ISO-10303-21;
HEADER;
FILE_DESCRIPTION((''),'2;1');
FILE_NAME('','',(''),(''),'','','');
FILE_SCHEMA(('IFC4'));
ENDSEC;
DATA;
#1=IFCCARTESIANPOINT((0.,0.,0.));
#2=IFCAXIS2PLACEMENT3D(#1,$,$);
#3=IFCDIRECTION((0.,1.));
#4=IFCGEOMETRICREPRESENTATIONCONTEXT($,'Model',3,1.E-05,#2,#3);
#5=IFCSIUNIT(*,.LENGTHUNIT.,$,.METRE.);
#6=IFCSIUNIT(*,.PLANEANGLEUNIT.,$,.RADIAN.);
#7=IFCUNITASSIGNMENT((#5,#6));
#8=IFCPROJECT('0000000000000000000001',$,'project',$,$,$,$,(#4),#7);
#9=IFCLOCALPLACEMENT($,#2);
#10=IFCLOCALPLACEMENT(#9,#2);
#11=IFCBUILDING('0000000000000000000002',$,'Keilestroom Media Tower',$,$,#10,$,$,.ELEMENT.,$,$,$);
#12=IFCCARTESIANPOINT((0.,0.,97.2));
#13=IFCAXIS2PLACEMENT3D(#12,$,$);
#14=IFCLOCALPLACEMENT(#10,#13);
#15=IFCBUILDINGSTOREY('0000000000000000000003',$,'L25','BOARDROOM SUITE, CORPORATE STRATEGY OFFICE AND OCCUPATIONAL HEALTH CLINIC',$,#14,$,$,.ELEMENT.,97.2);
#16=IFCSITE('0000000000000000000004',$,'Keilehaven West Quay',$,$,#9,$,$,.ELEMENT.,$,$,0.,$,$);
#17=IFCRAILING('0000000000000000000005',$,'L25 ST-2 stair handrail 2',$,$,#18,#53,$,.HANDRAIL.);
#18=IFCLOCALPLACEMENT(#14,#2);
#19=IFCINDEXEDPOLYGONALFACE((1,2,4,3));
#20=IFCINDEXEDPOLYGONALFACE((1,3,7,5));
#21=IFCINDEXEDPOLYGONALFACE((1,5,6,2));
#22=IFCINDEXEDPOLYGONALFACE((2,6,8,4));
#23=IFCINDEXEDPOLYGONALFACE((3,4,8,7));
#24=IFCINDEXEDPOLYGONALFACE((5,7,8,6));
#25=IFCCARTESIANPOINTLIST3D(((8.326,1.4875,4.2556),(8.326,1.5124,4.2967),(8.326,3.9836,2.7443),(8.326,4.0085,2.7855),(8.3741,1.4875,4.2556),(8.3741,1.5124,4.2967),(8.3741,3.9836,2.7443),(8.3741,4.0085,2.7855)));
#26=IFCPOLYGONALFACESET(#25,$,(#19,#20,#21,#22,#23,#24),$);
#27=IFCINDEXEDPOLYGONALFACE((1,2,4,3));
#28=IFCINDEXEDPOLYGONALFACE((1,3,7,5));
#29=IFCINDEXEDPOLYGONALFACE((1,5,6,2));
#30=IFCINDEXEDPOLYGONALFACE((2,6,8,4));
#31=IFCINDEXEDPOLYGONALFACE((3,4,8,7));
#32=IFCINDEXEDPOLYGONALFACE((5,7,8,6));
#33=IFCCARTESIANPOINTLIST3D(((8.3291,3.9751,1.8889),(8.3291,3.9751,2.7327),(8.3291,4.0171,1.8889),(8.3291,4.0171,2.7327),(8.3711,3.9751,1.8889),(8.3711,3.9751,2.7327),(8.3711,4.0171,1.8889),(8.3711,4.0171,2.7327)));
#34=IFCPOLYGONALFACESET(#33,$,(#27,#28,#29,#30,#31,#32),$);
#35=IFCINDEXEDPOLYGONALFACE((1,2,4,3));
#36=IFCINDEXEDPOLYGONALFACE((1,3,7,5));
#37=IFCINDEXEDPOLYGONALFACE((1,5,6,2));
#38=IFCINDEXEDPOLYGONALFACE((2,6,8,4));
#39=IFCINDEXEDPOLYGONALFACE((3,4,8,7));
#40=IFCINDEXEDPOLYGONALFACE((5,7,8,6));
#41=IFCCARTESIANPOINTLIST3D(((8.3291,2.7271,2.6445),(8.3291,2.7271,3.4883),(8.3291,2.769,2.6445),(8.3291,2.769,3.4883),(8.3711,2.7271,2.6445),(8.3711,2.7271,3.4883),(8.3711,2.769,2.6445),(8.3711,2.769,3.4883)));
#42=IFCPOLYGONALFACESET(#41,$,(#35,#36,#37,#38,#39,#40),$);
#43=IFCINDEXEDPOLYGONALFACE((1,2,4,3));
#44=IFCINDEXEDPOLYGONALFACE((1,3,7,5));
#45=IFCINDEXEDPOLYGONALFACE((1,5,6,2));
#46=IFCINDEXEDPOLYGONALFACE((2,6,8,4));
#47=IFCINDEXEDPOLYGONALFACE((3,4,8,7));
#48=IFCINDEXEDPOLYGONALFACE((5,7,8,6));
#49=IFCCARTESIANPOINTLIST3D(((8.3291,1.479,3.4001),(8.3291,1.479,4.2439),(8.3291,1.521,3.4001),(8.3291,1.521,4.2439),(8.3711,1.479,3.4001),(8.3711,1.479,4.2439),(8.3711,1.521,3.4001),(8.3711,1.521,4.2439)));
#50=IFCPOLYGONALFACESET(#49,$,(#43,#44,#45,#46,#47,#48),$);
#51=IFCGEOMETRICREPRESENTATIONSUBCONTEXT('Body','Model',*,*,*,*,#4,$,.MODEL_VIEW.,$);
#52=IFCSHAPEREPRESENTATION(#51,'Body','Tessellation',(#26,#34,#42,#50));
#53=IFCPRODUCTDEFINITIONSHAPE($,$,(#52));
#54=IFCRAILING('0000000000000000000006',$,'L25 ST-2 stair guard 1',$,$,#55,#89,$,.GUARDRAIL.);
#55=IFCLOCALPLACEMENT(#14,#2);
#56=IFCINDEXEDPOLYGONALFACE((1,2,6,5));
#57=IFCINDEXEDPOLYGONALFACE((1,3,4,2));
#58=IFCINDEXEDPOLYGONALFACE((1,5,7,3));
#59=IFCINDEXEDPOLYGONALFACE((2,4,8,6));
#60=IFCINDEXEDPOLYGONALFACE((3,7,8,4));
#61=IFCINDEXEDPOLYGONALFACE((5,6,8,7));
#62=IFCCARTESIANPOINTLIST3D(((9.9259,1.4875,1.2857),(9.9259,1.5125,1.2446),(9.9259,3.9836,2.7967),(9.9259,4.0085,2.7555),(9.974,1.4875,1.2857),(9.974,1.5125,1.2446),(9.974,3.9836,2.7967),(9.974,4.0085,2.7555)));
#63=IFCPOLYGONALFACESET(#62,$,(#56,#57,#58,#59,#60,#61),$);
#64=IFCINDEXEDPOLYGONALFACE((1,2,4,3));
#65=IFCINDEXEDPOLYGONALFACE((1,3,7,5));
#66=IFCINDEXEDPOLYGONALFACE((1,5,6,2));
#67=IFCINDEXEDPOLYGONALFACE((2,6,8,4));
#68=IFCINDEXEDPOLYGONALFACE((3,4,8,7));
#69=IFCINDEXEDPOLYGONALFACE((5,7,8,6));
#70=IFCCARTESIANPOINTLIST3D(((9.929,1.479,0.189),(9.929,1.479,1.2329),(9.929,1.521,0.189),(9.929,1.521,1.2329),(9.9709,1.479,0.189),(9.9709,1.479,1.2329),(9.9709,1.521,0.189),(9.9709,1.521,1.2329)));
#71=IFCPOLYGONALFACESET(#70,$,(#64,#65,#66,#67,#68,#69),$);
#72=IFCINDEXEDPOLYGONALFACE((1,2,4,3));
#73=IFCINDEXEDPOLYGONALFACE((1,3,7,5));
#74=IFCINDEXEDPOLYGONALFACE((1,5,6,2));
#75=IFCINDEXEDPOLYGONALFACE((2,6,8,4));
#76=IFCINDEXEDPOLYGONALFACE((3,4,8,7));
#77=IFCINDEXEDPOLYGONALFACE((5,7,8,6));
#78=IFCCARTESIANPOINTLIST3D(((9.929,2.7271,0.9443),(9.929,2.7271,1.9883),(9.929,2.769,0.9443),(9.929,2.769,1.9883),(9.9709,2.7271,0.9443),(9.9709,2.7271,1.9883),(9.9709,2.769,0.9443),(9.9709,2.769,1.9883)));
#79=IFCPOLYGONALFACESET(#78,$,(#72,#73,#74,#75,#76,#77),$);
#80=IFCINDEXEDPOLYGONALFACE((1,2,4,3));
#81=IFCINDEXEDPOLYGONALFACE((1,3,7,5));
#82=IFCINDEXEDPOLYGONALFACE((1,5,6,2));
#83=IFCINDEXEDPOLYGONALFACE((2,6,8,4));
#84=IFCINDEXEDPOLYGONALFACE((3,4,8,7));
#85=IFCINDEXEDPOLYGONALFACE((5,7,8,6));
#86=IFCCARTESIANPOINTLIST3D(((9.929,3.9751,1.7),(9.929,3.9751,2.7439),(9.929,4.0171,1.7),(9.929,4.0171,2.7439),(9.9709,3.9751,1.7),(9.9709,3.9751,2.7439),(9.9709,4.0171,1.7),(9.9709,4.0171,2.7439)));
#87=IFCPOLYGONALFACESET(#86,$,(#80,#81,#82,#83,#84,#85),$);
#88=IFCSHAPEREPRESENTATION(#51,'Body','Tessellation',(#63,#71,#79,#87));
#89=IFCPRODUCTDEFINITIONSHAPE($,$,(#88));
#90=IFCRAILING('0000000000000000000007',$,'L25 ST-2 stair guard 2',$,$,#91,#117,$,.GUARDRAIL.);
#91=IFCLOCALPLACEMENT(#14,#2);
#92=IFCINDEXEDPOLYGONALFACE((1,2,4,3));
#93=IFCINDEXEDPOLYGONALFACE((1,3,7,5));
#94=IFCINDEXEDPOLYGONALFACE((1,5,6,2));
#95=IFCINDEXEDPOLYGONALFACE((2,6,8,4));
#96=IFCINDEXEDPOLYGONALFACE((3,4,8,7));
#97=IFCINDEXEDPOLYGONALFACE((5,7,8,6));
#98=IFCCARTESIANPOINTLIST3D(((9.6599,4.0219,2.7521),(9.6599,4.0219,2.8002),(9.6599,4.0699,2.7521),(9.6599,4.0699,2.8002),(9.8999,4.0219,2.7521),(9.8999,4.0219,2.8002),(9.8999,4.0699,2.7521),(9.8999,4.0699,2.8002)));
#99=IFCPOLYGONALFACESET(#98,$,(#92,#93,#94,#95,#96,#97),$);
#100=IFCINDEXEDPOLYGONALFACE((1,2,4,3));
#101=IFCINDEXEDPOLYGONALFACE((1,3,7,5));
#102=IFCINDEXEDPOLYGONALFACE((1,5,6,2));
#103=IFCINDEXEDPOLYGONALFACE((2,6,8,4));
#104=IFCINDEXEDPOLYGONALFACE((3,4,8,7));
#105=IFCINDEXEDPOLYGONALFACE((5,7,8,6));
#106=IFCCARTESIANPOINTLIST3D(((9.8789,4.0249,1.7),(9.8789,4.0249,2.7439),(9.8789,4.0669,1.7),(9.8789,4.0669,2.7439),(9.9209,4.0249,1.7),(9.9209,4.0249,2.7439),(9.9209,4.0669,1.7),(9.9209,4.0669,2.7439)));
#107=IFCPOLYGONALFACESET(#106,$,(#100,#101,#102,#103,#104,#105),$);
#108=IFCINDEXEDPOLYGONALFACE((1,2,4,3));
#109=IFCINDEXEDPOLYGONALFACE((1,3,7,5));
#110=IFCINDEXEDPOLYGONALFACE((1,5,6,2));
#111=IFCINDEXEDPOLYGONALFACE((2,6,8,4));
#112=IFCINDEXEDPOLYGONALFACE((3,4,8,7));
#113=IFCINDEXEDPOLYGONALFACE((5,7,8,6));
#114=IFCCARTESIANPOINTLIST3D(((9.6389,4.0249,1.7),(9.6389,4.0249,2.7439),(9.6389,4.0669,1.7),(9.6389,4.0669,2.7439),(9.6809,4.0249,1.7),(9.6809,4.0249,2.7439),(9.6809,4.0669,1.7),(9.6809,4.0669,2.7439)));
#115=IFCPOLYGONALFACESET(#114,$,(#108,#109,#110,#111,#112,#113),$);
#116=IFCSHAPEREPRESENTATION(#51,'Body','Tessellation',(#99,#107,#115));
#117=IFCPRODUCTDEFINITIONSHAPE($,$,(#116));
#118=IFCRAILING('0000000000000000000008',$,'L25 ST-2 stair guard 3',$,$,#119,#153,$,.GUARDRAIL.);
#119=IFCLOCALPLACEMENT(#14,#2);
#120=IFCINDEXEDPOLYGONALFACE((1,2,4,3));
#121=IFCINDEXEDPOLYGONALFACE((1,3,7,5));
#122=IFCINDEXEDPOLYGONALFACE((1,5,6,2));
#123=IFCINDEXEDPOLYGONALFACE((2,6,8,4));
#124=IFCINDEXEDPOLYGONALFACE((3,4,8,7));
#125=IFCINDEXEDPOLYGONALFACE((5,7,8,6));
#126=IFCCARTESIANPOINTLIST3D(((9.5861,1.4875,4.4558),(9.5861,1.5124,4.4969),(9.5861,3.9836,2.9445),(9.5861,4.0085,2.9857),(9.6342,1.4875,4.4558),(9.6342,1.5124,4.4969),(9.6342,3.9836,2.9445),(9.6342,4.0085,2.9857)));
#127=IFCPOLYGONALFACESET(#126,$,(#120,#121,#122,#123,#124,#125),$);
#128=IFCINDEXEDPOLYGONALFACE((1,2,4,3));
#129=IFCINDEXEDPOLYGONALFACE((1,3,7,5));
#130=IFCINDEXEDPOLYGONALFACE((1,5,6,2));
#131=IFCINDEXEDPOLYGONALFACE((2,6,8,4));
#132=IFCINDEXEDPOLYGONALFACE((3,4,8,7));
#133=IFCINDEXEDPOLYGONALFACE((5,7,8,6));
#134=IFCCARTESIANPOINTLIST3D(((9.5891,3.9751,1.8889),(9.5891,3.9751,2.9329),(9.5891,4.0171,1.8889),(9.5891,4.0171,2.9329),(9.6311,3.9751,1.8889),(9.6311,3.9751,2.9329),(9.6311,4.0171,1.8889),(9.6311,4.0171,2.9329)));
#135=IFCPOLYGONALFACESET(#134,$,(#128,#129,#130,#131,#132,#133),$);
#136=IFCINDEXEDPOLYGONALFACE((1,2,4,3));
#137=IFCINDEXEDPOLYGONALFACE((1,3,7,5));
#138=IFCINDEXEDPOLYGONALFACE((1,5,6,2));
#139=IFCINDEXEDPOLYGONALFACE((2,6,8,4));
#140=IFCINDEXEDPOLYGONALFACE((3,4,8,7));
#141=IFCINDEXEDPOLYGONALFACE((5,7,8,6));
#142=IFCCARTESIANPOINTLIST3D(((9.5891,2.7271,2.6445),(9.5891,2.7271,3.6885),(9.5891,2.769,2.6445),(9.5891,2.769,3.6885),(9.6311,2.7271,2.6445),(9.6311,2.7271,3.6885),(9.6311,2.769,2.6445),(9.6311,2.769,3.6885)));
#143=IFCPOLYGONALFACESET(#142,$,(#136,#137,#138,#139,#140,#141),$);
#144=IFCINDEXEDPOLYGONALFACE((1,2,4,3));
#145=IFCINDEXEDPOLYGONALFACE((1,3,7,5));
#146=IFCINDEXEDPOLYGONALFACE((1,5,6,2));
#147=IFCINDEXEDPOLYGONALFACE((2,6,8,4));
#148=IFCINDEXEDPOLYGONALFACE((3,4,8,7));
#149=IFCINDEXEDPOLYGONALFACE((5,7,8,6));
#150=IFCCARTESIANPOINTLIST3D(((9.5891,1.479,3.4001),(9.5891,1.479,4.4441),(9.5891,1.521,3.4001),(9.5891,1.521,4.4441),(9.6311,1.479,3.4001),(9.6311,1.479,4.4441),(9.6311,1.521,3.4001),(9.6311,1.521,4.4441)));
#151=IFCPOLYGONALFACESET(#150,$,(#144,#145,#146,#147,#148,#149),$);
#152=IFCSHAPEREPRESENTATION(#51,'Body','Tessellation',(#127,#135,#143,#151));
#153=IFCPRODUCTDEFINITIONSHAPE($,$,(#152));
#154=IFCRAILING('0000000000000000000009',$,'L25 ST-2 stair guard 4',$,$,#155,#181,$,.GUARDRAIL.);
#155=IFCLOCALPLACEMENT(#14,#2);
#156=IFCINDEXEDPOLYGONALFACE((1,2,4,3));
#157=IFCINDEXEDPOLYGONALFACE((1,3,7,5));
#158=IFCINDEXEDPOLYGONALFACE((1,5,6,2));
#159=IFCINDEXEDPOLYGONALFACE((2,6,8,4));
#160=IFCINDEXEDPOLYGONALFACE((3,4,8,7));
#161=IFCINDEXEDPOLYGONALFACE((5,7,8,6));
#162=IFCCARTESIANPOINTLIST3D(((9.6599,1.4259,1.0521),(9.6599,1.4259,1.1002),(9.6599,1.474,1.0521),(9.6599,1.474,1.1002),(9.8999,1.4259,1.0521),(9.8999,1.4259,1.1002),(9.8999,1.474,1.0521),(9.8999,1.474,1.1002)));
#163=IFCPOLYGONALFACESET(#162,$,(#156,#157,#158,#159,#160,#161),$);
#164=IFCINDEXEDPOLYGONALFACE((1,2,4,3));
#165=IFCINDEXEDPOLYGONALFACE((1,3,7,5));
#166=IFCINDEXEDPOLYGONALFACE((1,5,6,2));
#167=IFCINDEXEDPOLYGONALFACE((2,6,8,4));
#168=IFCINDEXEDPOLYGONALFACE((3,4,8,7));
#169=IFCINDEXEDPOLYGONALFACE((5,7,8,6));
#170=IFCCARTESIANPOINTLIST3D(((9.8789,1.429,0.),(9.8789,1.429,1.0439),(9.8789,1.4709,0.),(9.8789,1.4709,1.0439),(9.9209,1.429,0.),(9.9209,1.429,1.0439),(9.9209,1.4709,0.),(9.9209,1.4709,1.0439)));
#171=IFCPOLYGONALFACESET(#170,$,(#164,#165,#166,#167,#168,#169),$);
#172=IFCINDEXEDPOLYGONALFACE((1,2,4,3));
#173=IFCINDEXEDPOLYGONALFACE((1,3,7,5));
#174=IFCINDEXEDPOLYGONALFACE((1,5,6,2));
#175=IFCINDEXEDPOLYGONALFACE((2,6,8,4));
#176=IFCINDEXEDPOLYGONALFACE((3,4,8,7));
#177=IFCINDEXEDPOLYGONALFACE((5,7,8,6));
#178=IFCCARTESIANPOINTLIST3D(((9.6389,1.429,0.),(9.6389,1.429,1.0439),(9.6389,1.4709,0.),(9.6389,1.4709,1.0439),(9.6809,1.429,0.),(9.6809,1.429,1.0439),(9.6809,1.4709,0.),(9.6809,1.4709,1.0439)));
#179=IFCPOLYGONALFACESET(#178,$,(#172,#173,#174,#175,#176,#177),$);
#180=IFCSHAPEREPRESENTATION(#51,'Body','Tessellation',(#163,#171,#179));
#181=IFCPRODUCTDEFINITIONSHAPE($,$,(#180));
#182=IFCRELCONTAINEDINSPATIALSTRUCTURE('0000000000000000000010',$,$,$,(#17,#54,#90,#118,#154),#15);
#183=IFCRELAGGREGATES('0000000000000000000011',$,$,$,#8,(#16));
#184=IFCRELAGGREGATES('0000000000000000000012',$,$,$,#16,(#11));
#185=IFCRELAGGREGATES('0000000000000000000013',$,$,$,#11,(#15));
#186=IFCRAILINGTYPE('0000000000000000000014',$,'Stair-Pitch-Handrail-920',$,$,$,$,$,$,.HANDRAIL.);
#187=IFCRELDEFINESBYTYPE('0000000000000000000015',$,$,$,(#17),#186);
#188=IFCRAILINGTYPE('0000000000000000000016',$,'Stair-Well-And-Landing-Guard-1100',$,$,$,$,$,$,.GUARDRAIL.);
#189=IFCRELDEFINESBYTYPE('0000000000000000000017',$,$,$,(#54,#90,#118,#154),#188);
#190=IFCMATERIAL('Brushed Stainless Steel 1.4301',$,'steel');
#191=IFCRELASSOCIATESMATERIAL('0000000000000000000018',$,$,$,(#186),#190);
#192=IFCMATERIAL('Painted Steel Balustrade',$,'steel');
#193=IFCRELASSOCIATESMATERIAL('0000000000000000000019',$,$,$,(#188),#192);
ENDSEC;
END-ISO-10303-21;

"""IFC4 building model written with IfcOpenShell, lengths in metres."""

from ifc_helpers import new_model, si_unit, direction, frame, origin, origin_2d, place, context, subcontext, project, spatial, rectangle, extrude, material, type_object, element, save


model = new_model("IFC4")

# Units and contexts
model_context = context("Model", 3, precision=1e-05, world=origin(), true_north=direction((0.0, 1.0)))
body_context = subcontext(model_context, "Body", "Model", "MODEL_VIEW")
ifc_project = project(units=[si_unit("LENGTHUNIT", "METRE"), si_unit("PLANEANGLEUNIT", "RADIAN")], contexts=[model_context])

# Site, building, storey
site_placement = place(None, origin())
site = spatial("IfcSite", under=ifc_project, at=site_placement, Name="Keilehaven West Quay", CompositionType="ELEMENT", RefElevation=0.0)
building_placement = place(site_placement, origin())
building = spatial("IfcBuilding", under=site, at=building_placement, Name="Keilestroom Media Tower", CompositionType="ELEMENT")
storey_placement = place(building_placement, frame((0.0, 0.0, 97.2)))
storey = spatial("IfcBuildingStorey", under=building, at=storey_placement, Name="L25", Description="BOARDROOM SUITE, CORPORATE STRATEGY OFFICE AND OCCUPATIONAL HEALTH CLINIC", CompositionType="ELEMENT", Elevation=97.2)

# Railings
ifc_material_1 = material(Name="Brushed Stainless Steel 1.4301", Category="steel")
railing_type_1 = type_object("IfcRailingType", Name="Stair-Pitch-Handrail-920", PredefinedType="HANDRAIL", material=ifc_material_1)
railing_1_placement = place(storey_placement, frame((8.3501, 3.9961, 1.8889)))
element("IfcRailing", 1, at=railing_1_placement, inside=storey, type_object=railing_type_1, Name="L25 ST-2 stair handrail 2", PredefinedType="HANDRAIL", context=body_context, shape_type="SweptSolid", body=[
    extrude(rectangle(XDim=0.0481, YDim=0.0481, at=origin_2d()), frame((0.0, 0.0, 0.876), z_axis=(0.0, -0.855434, 0.517912), x_axis=(1.0, 0.0, 0.0)), (0.0, 0.0, 1.0), 2.918),
    extrude(rectangle(XDim=0.042, YDim=0.042, at=origin_2d()), origin(), (0.0, 0.0, 1.0), 0.8438),
    extrude(rectangle(XDim=0.042, YDim=0.042, at=origin_2d()), frame((0.0, -1.248, 0.7556)), (0.0, 0.0, 1.0), 0.8438),
    extrude(rectangle(XDim=0.042, YDim=0.042, at=origin_2d()), frame((0.0, -2.4961, 1.5112)), (0.0, 0.0, 1.0), 0.8438),
])
ifc_material_2 = material(Name="Painted Steel Balustrade", Category="steel")
railing_type_2 = type_object("IfcRailingType", Name="Stair-Well-And-Landing-Guard-1100", PredefinedType="GUARDRAIL", material=ifc_material_2)
railing_2_placement = place(storey_placement, frame((9.95, 1.5, 0.189)))
element("IfcRailing", 2, at=railing_2_placement, inside=storey, type_object=railing_type_2, Name="L25 ST-2 stair guard 1", PredefinedType="GUARDRAIL", context=body_context, shape_type="SweptSolid", body=[
    extrude(rectangle(XDim=0.0481, YDim=0.0481, at=origin_2d()), frame((0.0, 0.0, 1.0762), z_axis=(0.0, 0.855471, 0.517851), x_axis=(-1.0, 0.0, 0.0)), (0.0, 0.0, 1.0), 2.9177),
    extrude(rectangle(XDim=0.042, YDim=0.042, at=origin_2d()), origin(), (0.0, 0.0, 1.0), 1.0439),
    extrude(rectangle(XDim=0.042, YDim=0.042, at=origin_2d()), frame((0.0, 1.248, 0.7554)), (0.0, 0.0, 1.0), 1.0439),
    extrude(rectangle(XDim=0.042, YDim=0.042, at=origin_2d()), frame((0.0, 2.4961, 1.511)), (0.0, 0.0, 1.0), 1.0439),
])
railing_3_placement = place(storey_placement, frame((9.8999, 4.0459, 1.7)))
element("IfcRailing", 3, at=railing_3_placement, inside=storey, type_object=railing_type_2, Name="L25 ST-2 stair guard 2", PredefinedType="GUARDRAIL", context=body_context, shape_type="SweptSolid", body=[
    extrude(rectangle(XDim=0.0481, YDim=0.0481, at=origin_2d()), frame((0.0, 0.0, 1.0762), z_axis=(-1.0, 0.0, 0.0), x_axis=(0.0, -1.0, 0.0)), (0.0, 0.0, 1.0), 0.24),
    extrude(rectangle(XDim=0.042, YDim=0.042, at=origin_2d()), origin(), (0.0, 0.0, 1.0), 1.0439),
    extrude(rectangle(XDim=0.042, YDim=0.042, at=origin_2d()), frame((-0.24, 0.0, 0.0)), (0.0, 0.0, 1.0), 1.0439),
])
railing_4_placement = place(storey_placement, frame((9.6101, 3.9961, 1.8889)))
element("IfcRailing", 4, at=railing_4_placement, inside=storey, type_object=railing_type_2, Name="L25 ST-2 stair guard 3", PredefinedType="GUARDRAIL", context=body_context, shape_type="SweptSolid", body=[
    extrude(rectangle(XDim=0.0481, YDim=0.0481, at=origin_2d()), frame((0.0, 0.0, 1.0762), z_axis=(0.0, -0.855434, 0.517912), x_axis=(1.0, 0.0, 0.0)), (0.0, 0.0, 1.0), 2.918),
    extrude(rectangle(XDim=0.042, YDim=0.042, at=origin_2d()), origin(), (0.0, 0.0, 1.0), 1.0439),
    extrude(rectangle(XDim=0.042, YDim=0.042, at=origin_2d()), frame((0.0, -1.248, 0.7556)), (0.0, 0.0, 1.0), 1.0439),
    extrude(rectangle(XDim=0.042, YDim=0.042, at=origin_2d()), frame((0.0, -2.4961, 1.5112)), (0.0, 0.0, 1.0), 1.0439),
])
railing_5_placement = place(storey_placement, frame((9.8999, 1.45, 0.0)))
element("IfcRailing", 5, at=railing_5_placement, inside=storey, type_object=railing_type_2, Name="L25 ST-2 stair guard 4", PredefinedType="GUARDRAIL", context=body_context, shape_type="SweptSolid", body=[
    extrude(rectangle(XDim=0.0481, YDim=0.0481, at=origin_2d()), frame((0.0, 0.0, 1.0762), z_axis=(-1.0, 0.0, 0.0), x_axis=(0.0, -1.0, 0.0)), (0.0, 0.0, 1.0), 0.24),
    extrude(rectangle(XDim=0.042, YDim=0.042, at=origin_2d()), origin(), (0.0, 0.0, 1.0), 1.0439),
    extrude(rectangle(XDim=0.042, YDim=0.042, at=origin_2d()), frame((-0.24, 0.0, 0.0)), (0.0, 0.0, 1.0), 1.0439),
])

save(model, "model.ifc")
